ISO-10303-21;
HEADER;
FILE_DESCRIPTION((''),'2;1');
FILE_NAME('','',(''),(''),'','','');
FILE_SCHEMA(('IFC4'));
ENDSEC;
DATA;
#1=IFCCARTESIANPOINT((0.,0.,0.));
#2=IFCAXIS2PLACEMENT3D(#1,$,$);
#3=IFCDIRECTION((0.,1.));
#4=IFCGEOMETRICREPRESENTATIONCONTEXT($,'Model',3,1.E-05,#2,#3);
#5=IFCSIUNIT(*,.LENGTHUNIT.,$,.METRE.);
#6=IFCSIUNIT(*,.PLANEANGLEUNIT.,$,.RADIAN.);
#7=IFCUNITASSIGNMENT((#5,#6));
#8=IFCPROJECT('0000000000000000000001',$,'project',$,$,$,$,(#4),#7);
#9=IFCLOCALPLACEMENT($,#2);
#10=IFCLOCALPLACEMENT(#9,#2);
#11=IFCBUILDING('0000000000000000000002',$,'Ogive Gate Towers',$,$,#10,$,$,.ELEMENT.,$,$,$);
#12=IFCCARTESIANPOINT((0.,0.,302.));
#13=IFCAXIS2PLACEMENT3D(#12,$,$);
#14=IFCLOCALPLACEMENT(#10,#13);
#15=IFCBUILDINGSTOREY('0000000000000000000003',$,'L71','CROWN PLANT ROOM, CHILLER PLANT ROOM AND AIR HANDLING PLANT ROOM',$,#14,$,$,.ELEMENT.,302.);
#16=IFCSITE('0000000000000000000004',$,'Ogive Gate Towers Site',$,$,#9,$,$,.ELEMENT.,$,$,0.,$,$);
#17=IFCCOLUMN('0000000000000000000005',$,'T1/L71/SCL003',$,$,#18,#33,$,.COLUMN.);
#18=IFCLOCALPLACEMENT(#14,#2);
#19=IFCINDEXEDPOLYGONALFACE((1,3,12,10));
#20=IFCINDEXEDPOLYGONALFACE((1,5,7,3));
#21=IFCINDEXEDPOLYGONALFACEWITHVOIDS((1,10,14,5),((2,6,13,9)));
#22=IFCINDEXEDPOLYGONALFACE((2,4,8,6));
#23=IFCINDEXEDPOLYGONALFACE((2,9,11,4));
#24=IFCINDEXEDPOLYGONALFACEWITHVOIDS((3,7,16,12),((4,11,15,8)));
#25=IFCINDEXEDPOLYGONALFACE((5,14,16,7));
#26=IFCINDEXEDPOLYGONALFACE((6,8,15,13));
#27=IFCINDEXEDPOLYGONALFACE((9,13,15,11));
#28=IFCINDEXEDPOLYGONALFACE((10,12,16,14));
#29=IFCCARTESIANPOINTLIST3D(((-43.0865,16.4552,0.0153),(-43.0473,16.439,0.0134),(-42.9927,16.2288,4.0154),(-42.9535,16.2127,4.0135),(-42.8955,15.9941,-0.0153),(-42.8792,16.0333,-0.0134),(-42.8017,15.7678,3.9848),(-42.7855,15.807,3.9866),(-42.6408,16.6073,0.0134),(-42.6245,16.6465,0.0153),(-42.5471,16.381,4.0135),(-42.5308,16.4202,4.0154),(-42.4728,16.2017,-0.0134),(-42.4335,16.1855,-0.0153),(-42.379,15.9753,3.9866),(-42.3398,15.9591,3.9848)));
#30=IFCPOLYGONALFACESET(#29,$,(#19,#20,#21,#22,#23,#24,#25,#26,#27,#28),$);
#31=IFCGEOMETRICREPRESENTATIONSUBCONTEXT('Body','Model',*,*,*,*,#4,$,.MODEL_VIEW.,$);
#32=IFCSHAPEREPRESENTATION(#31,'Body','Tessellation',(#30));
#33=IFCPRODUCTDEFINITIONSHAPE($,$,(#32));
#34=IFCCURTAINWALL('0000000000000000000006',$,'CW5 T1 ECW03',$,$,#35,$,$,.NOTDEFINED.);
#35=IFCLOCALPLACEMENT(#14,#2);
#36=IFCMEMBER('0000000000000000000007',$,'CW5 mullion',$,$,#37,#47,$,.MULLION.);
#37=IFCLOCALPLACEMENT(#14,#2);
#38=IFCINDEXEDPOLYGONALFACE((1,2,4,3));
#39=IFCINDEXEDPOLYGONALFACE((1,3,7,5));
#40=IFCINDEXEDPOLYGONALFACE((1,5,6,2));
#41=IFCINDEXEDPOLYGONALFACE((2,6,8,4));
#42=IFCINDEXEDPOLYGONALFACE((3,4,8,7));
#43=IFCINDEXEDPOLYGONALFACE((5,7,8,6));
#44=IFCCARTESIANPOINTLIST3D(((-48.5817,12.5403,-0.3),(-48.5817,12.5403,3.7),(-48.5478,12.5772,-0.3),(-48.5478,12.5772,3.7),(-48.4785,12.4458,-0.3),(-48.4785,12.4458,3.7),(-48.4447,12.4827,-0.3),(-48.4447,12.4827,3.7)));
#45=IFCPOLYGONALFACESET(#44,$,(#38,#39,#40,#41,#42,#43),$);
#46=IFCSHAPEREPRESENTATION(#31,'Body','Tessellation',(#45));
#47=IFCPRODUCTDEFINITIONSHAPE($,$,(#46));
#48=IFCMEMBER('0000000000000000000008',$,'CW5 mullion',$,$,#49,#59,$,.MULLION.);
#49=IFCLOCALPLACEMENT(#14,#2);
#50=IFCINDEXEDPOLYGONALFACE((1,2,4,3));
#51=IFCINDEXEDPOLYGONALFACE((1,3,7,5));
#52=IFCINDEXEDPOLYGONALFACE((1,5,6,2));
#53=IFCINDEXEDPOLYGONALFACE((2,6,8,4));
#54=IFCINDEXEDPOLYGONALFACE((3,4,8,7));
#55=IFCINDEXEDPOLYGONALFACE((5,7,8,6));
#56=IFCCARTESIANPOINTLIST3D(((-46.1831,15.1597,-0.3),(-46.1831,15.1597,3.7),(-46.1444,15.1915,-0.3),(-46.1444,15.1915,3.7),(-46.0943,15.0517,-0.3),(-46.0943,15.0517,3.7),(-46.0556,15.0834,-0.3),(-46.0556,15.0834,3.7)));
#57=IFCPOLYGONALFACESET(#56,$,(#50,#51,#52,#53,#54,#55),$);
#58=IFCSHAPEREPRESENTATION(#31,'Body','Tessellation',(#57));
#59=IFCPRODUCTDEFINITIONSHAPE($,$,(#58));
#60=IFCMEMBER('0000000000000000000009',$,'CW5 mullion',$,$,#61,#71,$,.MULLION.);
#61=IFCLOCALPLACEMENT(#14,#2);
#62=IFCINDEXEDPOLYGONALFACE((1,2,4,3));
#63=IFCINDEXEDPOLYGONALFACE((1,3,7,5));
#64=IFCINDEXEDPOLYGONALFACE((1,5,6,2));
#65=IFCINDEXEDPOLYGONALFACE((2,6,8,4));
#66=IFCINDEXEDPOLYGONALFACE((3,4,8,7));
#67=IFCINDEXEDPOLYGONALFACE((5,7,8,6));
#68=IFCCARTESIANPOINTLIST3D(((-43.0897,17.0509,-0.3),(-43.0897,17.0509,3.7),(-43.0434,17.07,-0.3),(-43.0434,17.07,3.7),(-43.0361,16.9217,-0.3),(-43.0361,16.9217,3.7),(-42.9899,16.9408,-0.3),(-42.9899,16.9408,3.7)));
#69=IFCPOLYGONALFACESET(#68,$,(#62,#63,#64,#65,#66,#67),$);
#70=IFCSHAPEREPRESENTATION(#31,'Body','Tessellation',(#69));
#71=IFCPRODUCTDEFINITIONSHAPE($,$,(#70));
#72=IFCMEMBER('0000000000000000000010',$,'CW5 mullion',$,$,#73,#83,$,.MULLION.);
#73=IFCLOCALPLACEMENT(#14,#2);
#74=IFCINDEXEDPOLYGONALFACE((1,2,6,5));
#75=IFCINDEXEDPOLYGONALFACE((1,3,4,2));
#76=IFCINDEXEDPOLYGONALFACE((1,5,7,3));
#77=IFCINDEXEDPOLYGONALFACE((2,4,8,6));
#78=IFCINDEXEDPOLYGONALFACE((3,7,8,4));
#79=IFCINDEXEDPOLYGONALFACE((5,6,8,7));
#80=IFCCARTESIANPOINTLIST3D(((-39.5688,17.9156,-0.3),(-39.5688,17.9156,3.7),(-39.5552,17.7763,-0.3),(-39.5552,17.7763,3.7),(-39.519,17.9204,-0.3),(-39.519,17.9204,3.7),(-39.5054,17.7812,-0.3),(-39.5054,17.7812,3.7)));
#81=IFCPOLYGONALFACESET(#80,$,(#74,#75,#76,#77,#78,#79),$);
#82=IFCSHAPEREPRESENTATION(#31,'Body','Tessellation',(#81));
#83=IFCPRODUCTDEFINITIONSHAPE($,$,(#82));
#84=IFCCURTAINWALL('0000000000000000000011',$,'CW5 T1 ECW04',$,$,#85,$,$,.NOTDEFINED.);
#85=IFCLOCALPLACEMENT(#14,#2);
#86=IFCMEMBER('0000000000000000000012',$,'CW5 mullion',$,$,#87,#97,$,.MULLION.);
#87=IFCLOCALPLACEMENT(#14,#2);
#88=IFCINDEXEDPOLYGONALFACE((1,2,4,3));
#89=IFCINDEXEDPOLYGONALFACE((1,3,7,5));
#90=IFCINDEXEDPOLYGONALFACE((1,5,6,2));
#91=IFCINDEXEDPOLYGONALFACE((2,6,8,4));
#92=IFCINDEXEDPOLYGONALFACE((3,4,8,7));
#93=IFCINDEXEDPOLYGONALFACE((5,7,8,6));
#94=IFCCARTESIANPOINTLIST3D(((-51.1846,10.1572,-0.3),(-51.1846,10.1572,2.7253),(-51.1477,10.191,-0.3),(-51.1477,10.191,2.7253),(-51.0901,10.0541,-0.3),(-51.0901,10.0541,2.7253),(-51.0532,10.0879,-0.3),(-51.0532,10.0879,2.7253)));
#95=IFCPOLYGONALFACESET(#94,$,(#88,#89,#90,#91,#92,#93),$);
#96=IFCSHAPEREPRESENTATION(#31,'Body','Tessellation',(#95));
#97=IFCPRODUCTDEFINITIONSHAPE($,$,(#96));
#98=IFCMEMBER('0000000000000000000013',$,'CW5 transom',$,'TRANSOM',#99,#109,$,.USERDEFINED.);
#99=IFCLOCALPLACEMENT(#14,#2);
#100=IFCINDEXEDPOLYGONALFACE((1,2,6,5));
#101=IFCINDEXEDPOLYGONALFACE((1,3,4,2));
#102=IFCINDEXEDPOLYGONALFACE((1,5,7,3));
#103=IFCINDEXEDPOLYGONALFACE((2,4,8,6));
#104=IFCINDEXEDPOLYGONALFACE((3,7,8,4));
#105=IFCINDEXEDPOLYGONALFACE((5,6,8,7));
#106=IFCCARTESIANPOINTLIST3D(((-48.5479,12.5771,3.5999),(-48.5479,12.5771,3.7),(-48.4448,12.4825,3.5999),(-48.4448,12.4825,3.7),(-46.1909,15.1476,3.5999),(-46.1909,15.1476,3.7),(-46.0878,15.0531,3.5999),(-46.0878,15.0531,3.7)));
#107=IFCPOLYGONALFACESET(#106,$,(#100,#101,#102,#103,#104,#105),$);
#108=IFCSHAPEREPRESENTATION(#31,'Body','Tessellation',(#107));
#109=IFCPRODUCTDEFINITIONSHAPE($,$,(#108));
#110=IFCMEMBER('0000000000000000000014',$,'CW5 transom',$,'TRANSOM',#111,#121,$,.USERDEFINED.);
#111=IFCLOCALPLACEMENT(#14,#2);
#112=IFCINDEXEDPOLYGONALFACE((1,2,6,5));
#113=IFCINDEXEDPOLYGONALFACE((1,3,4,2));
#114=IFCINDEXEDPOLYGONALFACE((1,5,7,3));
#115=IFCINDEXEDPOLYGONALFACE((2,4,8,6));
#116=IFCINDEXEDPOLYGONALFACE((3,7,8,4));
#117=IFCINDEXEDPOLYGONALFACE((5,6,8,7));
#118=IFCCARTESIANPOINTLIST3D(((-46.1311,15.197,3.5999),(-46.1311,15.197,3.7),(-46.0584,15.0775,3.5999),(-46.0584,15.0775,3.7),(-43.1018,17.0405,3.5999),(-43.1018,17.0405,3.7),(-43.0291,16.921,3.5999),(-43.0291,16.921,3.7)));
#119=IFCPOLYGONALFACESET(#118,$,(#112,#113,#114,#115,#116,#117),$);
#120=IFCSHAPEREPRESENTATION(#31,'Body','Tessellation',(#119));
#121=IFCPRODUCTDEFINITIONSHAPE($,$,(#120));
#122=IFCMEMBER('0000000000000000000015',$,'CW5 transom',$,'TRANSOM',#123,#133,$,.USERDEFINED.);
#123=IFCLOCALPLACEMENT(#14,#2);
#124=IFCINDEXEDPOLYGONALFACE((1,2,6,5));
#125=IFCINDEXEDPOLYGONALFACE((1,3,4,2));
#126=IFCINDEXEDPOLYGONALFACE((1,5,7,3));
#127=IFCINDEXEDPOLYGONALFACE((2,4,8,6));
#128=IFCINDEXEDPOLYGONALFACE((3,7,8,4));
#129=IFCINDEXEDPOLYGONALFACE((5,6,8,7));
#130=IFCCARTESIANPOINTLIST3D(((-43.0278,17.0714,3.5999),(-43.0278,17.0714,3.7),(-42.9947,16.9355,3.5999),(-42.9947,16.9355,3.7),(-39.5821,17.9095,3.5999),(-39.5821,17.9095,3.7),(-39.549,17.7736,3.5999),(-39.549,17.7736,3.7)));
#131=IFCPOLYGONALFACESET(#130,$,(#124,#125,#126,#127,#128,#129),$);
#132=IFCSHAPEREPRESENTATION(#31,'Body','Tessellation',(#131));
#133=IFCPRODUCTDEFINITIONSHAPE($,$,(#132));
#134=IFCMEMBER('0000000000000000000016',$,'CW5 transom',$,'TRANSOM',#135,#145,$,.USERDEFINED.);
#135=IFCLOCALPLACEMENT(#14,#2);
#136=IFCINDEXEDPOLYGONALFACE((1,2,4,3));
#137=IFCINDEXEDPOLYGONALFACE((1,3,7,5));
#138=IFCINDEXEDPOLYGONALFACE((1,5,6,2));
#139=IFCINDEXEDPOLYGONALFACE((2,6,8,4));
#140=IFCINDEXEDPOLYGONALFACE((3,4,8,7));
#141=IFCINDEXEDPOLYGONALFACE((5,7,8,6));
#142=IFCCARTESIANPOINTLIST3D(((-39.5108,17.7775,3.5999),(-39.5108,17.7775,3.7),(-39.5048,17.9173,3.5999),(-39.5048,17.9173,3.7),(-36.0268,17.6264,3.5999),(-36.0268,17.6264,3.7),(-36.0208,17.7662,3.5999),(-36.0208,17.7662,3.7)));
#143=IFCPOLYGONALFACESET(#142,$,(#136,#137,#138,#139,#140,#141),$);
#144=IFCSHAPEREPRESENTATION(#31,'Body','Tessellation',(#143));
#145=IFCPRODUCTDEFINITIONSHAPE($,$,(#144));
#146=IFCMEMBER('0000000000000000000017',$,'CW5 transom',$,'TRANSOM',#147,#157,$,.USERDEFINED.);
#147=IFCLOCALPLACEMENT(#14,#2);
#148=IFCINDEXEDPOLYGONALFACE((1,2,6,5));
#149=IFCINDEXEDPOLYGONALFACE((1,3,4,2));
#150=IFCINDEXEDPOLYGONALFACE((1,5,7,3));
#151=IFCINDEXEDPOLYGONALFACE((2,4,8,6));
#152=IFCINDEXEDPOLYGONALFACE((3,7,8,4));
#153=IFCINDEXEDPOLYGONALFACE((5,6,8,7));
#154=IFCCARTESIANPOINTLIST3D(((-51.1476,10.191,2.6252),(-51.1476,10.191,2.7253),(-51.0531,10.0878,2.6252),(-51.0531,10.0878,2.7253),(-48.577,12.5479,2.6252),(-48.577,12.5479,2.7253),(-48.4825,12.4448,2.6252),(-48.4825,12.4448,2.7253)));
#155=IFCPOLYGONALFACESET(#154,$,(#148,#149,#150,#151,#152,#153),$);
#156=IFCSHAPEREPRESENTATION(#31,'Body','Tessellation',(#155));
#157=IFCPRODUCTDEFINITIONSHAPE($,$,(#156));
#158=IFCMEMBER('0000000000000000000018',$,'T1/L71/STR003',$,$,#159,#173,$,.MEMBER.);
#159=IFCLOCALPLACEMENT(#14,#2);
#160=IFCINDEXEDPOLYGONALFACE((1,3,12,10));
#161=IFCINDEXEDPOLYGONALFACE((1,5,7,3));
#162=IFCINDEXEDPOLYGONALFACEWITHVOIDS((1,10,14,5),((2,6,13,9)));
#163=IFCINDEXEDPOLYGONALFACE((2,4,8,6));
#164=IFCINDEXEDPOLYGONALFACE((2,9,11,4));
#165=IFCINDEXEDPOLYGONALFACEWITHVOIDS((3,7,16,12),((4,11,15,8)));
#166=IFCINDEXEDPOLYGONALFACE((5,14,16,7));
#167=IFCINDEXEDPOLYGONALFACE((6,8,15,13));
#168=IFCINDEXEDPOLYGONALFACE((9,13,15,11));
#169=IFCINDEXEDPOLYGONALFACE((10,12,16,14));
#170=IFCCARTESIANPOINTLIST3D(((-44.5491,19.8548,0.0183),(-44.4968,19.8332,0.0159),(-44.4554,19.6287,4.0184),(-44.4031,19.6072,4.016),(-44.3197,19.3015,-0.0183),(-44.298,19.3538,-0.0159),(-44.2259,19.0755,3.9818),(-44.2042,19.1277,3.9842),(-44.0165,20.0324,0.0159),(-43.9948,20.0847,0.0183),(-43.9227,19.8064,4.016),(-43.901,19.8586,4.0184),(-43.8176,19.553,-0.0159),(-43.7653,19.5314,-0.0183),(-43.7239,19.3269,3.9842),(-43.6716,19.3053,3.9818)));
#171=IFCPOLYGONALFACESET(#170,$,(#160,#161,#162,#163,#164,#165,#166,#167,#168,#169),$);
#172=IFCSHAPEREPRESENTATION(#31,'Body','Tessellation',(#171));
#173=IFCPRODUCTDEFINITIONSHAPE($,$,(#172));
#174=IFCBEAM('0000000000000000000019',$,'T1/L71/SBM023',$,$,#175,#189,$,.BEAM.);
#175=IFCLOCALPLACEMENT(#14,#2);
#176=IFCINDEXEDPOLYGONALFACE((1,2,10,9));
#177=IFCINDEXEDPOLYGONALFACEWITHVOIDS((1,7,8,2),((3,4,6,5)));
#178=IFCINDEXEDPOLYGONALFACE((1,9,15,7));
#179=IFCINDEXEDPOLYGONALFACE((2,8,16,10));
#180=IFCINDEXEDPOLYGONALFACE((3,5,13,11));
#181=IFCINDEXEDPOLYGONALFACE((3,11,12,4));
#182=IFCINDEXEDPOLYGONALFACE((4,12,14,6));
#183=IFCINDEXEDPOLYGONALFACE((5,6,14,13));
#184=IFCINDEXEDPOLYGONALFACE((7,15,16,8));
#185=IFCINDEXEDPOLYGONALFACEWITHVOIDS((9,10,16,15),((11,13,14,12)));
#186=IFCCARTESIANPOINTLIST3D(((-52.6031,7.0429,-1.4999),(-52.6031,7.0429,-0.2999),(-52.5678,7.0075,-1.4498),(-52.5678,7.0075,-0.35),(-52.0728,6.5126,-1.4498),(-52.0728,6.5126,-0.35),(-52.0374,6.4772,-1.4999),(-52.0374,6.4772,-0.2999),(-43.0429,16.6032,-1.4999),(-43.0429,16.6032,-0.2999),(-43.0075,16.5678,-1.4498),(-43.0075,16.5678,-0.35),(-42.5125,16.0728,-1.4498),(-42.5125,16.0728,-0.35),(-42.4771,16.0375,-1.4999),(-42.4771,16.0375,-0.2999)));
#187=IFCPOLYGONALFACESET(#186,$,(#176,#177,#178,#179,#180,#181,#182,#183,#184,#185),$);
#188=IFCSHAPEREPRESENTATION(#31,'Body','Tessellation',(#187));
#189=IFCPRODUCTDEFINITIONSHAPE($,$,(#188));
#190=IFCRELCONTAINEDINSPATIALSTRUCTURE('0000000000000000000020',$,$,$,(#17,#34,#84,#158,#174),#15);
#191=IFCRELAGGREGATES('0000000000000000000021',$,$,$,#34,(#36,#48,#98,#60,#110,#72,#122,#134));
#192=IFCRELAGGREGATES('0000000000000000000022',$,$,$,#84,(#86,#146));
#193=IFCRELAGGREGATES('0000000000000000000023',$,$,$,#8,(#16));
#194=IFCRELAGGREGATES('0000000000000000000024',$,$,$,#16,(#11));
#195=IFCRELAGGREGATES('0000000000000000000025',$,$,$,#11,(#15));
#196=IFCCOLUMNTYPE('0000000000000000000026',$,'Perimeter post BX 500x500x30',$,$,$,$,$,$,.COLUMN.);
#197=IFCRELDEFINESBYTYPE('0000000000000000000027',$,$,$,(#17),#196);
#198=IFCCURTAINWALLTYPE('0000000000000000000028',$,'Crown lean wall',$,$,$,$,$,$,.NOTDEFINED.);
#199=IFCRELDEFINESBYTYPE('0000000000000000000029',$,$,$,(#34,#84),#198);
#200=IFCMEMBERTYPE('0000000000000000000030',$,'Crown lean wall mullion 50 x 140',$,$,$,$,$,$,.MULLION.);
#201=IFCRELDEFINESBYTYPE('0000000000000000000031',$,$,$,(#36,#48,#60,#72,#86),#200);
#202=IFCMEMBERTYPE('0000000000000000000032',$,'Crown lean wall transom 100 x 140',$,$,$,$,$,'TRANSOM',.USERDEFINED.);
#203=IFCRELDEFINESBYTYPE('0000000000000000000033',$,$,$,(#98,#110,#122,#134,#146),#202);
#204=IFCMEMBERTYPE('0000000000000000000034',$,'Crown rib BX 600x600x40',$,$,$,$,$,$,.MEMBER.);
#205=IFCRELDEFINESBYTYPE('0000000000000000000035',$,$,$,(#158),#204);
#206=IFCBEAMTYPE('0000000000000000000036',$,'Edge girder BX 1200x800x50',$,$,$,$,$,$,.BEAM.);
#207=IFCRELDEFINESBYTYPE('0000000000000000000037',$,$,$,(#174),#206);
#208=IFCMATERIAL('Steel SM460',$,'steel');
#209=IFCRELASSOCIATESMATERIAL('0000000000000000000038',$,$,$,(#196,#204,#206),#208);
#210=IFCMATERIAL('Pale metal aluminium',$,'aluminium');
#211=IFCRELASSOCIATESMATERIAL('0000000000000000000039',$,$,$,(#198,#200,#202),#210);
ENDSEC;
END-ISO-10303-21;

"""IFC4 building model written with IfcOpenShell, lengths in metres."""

from ifc_helpers import new_model, si_unit, direction, frame, origin, origin_2d, place, context, subcontext, project, spatial, rectangle, hollow_rectangle, extrude, material, material_profile, profile_set, type_object, element, aggregate, save


model = new_model("IFC4")

# Units and contexts
model_context = context("Model", 3, precision=1e-05, world=origin(), true_north=direction((0.0, 1.0)))
body_context = subcontext(model_context, "Body", "Model", "MODEL_VIEW")
ifc_project = project(units=[si_unit("LENGTHUNIT", "METRE"), si_unit("PLANEANGLEUNIT", "RADIAN")], contexts=[model_context])

# Site, building, storey
site_placement = place(None, origin())
site = spatial("IfcSite", under=ifc_project, at=site_placement, Name="Ogive Gate Towers Site", CompositionType="ELEMENT", RefElevation=0.0)
building_placement = place(site_placement, origin())
building = spatial("IfcBuilding", under=site, at=building_placement, Name="Ogive Gate Towers", CompositionType="ELEMENT")
storey_placement = place(building_placement, frame((0.0, 0.0, 302.0)))
storey = spatial("IfcBuildingStorey", under=building, at=storey_placement, Name="L71", Description="CROWN PLANT ROOM, CHILLER PLANT ROOM AND AIR HANDLING PLANT ROOM", CompositionType="ELEMENT", Elevation=302.0)

# Column
ifc_material_1 = material(Name="Steel SM460", Category="steel")
ifc_material_profile_1 = material_profile(ifc_material_1, hollow_rectangle(XDim=0.5, YDim=0.5, WallThickness=0.03, at=origin_2d()), Name="BX 500x500x30")
ifc_profile_set_1 = profile_set([ifc_material_profile_1], Name="Steel SM460")
column_type = type_object("IfcColumnType", Name="Perimeter post BX 500x500x30", PredefinedType="COLUMN", material=ifc_profile_set_1)
column_placement = place(storey_placement, frame((-42.76, 16.3203, 0.0), z_axis=(0.023394, -0.056474, 0.99813), x_axis=(0.923871, 0.382704, 0.0)))
element("IfcColumn", 1, at=column_placement, inside=storey, type_object=column_type, Name="T1/L71/SCL003", PredefinedType="COLUMN", context=body_context, shape_type="SweptSolid", body=[
    extrude(hollow_rectangle(XDim=0.5, YDim=0.5, WallThickness=0.03, at=origin_2d()), origin(), (0.0, 0.0, 1.0), 4.0076),
])

# Curtain wall, members
ifc_material_2 = material(Name="Pale metal aluminium", Category="aluminium")
curtain_wall_type = type_object("IfcCurtainWallType", Name="Crown lean wall", PredefinedType="NOTDEFINED", material=ifc_material_2)
curtain_wall_1_placement = place(storey_placement, origin())
curtain_wall_1 = element("IfcCurtainWall", 2, at=curtain_wall_1_placement, inside=storey, type_object=curtain_wall_type, Name="CW5 T1 ECW03", PredefinedType="NOTDEFINED")
ifc_material_profile_2 = material_profile(ifc_material_2, rectangle(XDim=0.1399, YDim=0.05, at=origin_2d()), Name="50 x 140 aluminium box")
ifc_profile_set_2 = profile_set([ifc_material_profile_2], Name="Pale metal aluminium")
member_type_1 = type_object("IfcMemberType", Name="Crown lean wall mullion 50 x 140", PredefinedType="MULLION", material=ifc_profile_set_2)
member_1_placement = place(storey_placement, frame((-48.5132, 12.5115, -0.3), z_axis=(0.0, 0.0, 1.0), x_axis=(0.737089, -0.675796, 0.0)))
member_1 = element("IfcMember", 3, at=member_1_placement, type_object=member_type_1, Name="CW5 mullion", PredefinedType="MULLION", context=body_context, shape_type="SweptSolid", body=[
    extrude(rectangle(XDim=0.1399, YDim=0.05, at=origin_2d()), origin(), (0.0, 0.0, 1.0), 4.0),
])
member_2_placement = place(storey_placement, frame((-46.1194, 15.1216, -0.3), z_axis=(0.0, 0.0, 1.0), x_axis=(0.634784, -0.772689, 0.0)))
member_2 = element("IfcMember", 4, at=member_2_placement, type_object=member_type_1, Name="CW5 mullion", PredefinedType="MULLION", context=body_context, shape_type="SweptSolid", body=[
    extrude(rectangle(XDim=0.1399, YDim=0.05, at=origin_2d()), origin(), (0.0, 0.0, 1.0), 4.0),
])
member_3_placement = place(storey_placement, frame((-43.0398, 16.9958, -0.3), z_axis=(0.0, 0.0, 1.0), x_axis=(0.382683, -0.92388, 0.0)))
member_3 = element("IfcMember", 5, at=member_3_placement, type_object=member_type_1, Name="CW5 mullion", PredefinedType="MULLION", context=body_context, shape_type="SweptSolid", body=[
    extrude(rectangle(XDim=0.1399, YDim=0.05, at=origin_2d()), origin(), (0.0, 0.0, 1.0), 4.0),
])
member_4_placement = place(storey_placement, frame((-39.5371, 17.8484, -0.3), z_axis=(0.0, 0.0, 1.0), x_axis=(0.097513, -0.995234, 0.0)))
member_4 = element("IfcMember", 6, at=member_4_placement, type_object=member_type_1, Name="CW5 mullion", PredefinedType="MULLION", context=body_context, shape_type="SweptSolid", body=[
    extrude(rectangle(XDim=0.1399, YDim=0.05, at=origin_2d()), origin(), (0.0, 0.0, 1.0), 4.0),
])

# Curtain wall, member
curtain_wall_2_placement = place(storey_placement, origin())
curtain_wall_2 = element("IfcCurtainWall", 7, at=curtain_wall_2_placement, inside=storey, type_object=curtain_wall_type, Name="CW5 T1 ECW04", PredefinedType="NOTDEFINED")
member_5_placement = place(storey_placement, frame((-51.1189, 10.1226, -0.3), z_axis=(0.0, 0.0, 1.0), x_axis=(0.675796, -0.737089, 0.0)))
member_5 = element("IfcMember", 8, at=member_5_placement, type_object=member_type_1, Name="CW5 mullion", PredefinedType="MULLION", context=body_context, shape_type="SweptSolid", body=[
    extrude(rectangle(XDim=0.1399, YDim=0.05, at=origin_2d()), origin(), (0.0, 0.0, 1.0), 3.0254),
])

# Members
ifc_material_profile_3 = material_profile(ifc_material_2, rectangle(XDim=0.1399, YDim=0.1001, at=origin_2d()), Name="100 x 140 aluminium box")
ifc_profile_set_3 = profile_set([ifc_material_profile_3], Name="Pale metal aluminium")
member_type_2 = type_object("IfcMemberType", Name="Crown lean wall transom 100 x 140", ElementType="TRANSOM", PredefinedType="USERDEFINED", material=ifc_profile_set_3)
member_6_placement = place(storey_placement, frame((-48.4963, 12.5298, 3.6499), z_axis=(0.675817, 0.73707, 0.0), x_axis=(-0.73707, 0.675817, 0.0)))
member_6 = element("IfcMember", 9, at=member_6_placement, type_object=member_type_2, Name="CW5 transom", ObjectType="TRANSOM", PredefinedType="USERDEFINED", context=body_context, shape_type="SweptSolid", body=[
    extrude(rectangle(XDim=0.1399, YDim=0.1001, at=origin_2d()), origin(), (0.0, 0.0, 1.0), 3.4875),
])
member_7_placement = place(storey_placement, frame((-46.0947, 15.1372, 3.6499), z_axis=(0.85425, 0.519862, 0.0), x_axis=(-0.519862, 0.85425, 0.0)))
member_7 = element("IfcMember", 10, at=member_7_placement, type_object=member_type_2, Name="CW5 transom", ObjectType="TRANSOM", PredefinedType="USERDEFINED", context=body_context, shape_type="SweptSolid", body=[
    extrude(rectangle(XDim=0.1399, YDim=0.1001, at=origin_2d()), origin(), (0.0, 0.0, 1.0), 3.5461),
])
member_8_placement = place(storey_placement, frame((-43.0112, 17.0034, 3.6499), z_axis=(0.971666, 0.236359, 0.0), x_axis=(-0.236359, 0.971666, 0.0)))
member_8 = element("IfcMember", 11, at=member_8_placement, type_object=member_type_2, Name="CW5 transom", ObjectType="TRANSOM", PredefinedType="USERDEFINED", context=body_context, shape_type="SweptSolid", body=[
    extrude(rectangle(XDim=0.1399, YDim=0.1001, at=origin_2d()), origin(), (0.0, 0.0, 1.0), 3.5461),
])
member_9_placement = place(storey_placement, frame((-39.5078, 17.8474, 3.6499), z_axis=(0.999061, -0.043334, 0.0), x_axis=(0.043334, 0.999061, 0.0)))
member_9 = element("IfcMember", 12, at=member_9_placement, type_object=member_type_2, Name="CW5 transom", ObjectType="TRANSOM", PredefinedType="USERDEFINED", context=body_context, shape_type="SweptSolid", body=[
    extrude(rectangle(XDim=0.1399, YDim=0.1001, at=origin_2d()), origin(), (0.0, 0.0, 1.0), 3.4873),
])
member_10_placement = place(storey_placement, frame((-51.1003, 10.1394, 2.6753), z_axis=(0.73707, 0.675817, 0.0), x_axis=(-0.675817, 0.73707, 0.0)))
member_10 = element("IfcMember", 13, at=member_10_placement, type_object=member_type_2, Name="CW5 transom", ObjectType="TRANSOM", PredefinedType="USERDEFINED", context=body_context, shape_type="SweptSolid", body=[
    extrude(rectangle(XDim=0.1399, YDim=0.1001, at=origin_2d()), origin(), (0.0, 0.0, 1.0), 3.4875),
])
ifc_material_profile_4 = material_profile(ifc_material_1, hollow_rectangle(XDim=0.6001, YDim=0.6001, WallThickness=0.04, at=origin_2d()), Name="BX 600x600x40")
ifc_profile_set_4 = profile_set([ifc_material_profile_4], Name="Steel SM460")
member_type_3 = type_object("IfcMemberType", Name="Crown rib BX 600x600x40", PredefinedType="MEMBER", material=ifc_profile_set_4)
member_11_placement = place(storey_placement, frame((-44.1572, 19.6931, 0.0), z_axis=(0.023394, -0.056413, 0.998133), x_axis=(0.923725, 0.383057, 0.0)))
element("IfcMember", 14, at=member_11_placement, inside=storey, type_object=member_type_3, Name="T1/L71/STR003", PredefinedType="MEMBER", context=body_context, shape_type="SweptSolid", body=[
    extrude(hollow_rectangle(XDim=0.6001, YDim=0.6001, WallThickness=0.04, at=origin_2d()), origin(), (0.0, 0.0, 1.0), 4.0076),
])

# Beam
ifc_material_profile_5 = material_profile(ifc_material_1, hollow_rectangle(XDim=0.8, YDim=1.2, WallThickness=0.05, at=origin_2d()), Name="BX 1200x800x50")
ifc_profile_set_5 = profile_set([ifc_material_profile_5], Name="Steel SM460")
beam_type_1 = type_object("IfcBeamType", Name="Edge girder BX 1200x800x50", PredefinedType="BEAM", material=ifc_profile_set_5)
beam_1_placement = place(storey_placement, frame((-42.76, 16.3203, -0.8999), z_axis=(-0.707107, -0.707107, 0.0), x_axis=(0.707107, -0.707107, 0.0)))
element("IfcBeam", 15, at=beam_1_placement, inside=storey, type_object=beam_type_1, Name="T1/L71/SBM023", PredefinedType="BEAM", context=body_context, shape_type="SweptSolid", body=[
    extrude(hollow_rectangle(XDim=0.8, YDim=1.2, WallThickness=0.05, at=origin_2d()), origin(), (0.0, 0.0, 1.0), 13.5203),
])

aggregate(curtain_wall_1, [member_1, member_2, member_6, member_3, member_7, member_4, member_8, member_9])
aggregate(curtain_wall_2, [member_5, member_10])

save(model, "model.ifc")
